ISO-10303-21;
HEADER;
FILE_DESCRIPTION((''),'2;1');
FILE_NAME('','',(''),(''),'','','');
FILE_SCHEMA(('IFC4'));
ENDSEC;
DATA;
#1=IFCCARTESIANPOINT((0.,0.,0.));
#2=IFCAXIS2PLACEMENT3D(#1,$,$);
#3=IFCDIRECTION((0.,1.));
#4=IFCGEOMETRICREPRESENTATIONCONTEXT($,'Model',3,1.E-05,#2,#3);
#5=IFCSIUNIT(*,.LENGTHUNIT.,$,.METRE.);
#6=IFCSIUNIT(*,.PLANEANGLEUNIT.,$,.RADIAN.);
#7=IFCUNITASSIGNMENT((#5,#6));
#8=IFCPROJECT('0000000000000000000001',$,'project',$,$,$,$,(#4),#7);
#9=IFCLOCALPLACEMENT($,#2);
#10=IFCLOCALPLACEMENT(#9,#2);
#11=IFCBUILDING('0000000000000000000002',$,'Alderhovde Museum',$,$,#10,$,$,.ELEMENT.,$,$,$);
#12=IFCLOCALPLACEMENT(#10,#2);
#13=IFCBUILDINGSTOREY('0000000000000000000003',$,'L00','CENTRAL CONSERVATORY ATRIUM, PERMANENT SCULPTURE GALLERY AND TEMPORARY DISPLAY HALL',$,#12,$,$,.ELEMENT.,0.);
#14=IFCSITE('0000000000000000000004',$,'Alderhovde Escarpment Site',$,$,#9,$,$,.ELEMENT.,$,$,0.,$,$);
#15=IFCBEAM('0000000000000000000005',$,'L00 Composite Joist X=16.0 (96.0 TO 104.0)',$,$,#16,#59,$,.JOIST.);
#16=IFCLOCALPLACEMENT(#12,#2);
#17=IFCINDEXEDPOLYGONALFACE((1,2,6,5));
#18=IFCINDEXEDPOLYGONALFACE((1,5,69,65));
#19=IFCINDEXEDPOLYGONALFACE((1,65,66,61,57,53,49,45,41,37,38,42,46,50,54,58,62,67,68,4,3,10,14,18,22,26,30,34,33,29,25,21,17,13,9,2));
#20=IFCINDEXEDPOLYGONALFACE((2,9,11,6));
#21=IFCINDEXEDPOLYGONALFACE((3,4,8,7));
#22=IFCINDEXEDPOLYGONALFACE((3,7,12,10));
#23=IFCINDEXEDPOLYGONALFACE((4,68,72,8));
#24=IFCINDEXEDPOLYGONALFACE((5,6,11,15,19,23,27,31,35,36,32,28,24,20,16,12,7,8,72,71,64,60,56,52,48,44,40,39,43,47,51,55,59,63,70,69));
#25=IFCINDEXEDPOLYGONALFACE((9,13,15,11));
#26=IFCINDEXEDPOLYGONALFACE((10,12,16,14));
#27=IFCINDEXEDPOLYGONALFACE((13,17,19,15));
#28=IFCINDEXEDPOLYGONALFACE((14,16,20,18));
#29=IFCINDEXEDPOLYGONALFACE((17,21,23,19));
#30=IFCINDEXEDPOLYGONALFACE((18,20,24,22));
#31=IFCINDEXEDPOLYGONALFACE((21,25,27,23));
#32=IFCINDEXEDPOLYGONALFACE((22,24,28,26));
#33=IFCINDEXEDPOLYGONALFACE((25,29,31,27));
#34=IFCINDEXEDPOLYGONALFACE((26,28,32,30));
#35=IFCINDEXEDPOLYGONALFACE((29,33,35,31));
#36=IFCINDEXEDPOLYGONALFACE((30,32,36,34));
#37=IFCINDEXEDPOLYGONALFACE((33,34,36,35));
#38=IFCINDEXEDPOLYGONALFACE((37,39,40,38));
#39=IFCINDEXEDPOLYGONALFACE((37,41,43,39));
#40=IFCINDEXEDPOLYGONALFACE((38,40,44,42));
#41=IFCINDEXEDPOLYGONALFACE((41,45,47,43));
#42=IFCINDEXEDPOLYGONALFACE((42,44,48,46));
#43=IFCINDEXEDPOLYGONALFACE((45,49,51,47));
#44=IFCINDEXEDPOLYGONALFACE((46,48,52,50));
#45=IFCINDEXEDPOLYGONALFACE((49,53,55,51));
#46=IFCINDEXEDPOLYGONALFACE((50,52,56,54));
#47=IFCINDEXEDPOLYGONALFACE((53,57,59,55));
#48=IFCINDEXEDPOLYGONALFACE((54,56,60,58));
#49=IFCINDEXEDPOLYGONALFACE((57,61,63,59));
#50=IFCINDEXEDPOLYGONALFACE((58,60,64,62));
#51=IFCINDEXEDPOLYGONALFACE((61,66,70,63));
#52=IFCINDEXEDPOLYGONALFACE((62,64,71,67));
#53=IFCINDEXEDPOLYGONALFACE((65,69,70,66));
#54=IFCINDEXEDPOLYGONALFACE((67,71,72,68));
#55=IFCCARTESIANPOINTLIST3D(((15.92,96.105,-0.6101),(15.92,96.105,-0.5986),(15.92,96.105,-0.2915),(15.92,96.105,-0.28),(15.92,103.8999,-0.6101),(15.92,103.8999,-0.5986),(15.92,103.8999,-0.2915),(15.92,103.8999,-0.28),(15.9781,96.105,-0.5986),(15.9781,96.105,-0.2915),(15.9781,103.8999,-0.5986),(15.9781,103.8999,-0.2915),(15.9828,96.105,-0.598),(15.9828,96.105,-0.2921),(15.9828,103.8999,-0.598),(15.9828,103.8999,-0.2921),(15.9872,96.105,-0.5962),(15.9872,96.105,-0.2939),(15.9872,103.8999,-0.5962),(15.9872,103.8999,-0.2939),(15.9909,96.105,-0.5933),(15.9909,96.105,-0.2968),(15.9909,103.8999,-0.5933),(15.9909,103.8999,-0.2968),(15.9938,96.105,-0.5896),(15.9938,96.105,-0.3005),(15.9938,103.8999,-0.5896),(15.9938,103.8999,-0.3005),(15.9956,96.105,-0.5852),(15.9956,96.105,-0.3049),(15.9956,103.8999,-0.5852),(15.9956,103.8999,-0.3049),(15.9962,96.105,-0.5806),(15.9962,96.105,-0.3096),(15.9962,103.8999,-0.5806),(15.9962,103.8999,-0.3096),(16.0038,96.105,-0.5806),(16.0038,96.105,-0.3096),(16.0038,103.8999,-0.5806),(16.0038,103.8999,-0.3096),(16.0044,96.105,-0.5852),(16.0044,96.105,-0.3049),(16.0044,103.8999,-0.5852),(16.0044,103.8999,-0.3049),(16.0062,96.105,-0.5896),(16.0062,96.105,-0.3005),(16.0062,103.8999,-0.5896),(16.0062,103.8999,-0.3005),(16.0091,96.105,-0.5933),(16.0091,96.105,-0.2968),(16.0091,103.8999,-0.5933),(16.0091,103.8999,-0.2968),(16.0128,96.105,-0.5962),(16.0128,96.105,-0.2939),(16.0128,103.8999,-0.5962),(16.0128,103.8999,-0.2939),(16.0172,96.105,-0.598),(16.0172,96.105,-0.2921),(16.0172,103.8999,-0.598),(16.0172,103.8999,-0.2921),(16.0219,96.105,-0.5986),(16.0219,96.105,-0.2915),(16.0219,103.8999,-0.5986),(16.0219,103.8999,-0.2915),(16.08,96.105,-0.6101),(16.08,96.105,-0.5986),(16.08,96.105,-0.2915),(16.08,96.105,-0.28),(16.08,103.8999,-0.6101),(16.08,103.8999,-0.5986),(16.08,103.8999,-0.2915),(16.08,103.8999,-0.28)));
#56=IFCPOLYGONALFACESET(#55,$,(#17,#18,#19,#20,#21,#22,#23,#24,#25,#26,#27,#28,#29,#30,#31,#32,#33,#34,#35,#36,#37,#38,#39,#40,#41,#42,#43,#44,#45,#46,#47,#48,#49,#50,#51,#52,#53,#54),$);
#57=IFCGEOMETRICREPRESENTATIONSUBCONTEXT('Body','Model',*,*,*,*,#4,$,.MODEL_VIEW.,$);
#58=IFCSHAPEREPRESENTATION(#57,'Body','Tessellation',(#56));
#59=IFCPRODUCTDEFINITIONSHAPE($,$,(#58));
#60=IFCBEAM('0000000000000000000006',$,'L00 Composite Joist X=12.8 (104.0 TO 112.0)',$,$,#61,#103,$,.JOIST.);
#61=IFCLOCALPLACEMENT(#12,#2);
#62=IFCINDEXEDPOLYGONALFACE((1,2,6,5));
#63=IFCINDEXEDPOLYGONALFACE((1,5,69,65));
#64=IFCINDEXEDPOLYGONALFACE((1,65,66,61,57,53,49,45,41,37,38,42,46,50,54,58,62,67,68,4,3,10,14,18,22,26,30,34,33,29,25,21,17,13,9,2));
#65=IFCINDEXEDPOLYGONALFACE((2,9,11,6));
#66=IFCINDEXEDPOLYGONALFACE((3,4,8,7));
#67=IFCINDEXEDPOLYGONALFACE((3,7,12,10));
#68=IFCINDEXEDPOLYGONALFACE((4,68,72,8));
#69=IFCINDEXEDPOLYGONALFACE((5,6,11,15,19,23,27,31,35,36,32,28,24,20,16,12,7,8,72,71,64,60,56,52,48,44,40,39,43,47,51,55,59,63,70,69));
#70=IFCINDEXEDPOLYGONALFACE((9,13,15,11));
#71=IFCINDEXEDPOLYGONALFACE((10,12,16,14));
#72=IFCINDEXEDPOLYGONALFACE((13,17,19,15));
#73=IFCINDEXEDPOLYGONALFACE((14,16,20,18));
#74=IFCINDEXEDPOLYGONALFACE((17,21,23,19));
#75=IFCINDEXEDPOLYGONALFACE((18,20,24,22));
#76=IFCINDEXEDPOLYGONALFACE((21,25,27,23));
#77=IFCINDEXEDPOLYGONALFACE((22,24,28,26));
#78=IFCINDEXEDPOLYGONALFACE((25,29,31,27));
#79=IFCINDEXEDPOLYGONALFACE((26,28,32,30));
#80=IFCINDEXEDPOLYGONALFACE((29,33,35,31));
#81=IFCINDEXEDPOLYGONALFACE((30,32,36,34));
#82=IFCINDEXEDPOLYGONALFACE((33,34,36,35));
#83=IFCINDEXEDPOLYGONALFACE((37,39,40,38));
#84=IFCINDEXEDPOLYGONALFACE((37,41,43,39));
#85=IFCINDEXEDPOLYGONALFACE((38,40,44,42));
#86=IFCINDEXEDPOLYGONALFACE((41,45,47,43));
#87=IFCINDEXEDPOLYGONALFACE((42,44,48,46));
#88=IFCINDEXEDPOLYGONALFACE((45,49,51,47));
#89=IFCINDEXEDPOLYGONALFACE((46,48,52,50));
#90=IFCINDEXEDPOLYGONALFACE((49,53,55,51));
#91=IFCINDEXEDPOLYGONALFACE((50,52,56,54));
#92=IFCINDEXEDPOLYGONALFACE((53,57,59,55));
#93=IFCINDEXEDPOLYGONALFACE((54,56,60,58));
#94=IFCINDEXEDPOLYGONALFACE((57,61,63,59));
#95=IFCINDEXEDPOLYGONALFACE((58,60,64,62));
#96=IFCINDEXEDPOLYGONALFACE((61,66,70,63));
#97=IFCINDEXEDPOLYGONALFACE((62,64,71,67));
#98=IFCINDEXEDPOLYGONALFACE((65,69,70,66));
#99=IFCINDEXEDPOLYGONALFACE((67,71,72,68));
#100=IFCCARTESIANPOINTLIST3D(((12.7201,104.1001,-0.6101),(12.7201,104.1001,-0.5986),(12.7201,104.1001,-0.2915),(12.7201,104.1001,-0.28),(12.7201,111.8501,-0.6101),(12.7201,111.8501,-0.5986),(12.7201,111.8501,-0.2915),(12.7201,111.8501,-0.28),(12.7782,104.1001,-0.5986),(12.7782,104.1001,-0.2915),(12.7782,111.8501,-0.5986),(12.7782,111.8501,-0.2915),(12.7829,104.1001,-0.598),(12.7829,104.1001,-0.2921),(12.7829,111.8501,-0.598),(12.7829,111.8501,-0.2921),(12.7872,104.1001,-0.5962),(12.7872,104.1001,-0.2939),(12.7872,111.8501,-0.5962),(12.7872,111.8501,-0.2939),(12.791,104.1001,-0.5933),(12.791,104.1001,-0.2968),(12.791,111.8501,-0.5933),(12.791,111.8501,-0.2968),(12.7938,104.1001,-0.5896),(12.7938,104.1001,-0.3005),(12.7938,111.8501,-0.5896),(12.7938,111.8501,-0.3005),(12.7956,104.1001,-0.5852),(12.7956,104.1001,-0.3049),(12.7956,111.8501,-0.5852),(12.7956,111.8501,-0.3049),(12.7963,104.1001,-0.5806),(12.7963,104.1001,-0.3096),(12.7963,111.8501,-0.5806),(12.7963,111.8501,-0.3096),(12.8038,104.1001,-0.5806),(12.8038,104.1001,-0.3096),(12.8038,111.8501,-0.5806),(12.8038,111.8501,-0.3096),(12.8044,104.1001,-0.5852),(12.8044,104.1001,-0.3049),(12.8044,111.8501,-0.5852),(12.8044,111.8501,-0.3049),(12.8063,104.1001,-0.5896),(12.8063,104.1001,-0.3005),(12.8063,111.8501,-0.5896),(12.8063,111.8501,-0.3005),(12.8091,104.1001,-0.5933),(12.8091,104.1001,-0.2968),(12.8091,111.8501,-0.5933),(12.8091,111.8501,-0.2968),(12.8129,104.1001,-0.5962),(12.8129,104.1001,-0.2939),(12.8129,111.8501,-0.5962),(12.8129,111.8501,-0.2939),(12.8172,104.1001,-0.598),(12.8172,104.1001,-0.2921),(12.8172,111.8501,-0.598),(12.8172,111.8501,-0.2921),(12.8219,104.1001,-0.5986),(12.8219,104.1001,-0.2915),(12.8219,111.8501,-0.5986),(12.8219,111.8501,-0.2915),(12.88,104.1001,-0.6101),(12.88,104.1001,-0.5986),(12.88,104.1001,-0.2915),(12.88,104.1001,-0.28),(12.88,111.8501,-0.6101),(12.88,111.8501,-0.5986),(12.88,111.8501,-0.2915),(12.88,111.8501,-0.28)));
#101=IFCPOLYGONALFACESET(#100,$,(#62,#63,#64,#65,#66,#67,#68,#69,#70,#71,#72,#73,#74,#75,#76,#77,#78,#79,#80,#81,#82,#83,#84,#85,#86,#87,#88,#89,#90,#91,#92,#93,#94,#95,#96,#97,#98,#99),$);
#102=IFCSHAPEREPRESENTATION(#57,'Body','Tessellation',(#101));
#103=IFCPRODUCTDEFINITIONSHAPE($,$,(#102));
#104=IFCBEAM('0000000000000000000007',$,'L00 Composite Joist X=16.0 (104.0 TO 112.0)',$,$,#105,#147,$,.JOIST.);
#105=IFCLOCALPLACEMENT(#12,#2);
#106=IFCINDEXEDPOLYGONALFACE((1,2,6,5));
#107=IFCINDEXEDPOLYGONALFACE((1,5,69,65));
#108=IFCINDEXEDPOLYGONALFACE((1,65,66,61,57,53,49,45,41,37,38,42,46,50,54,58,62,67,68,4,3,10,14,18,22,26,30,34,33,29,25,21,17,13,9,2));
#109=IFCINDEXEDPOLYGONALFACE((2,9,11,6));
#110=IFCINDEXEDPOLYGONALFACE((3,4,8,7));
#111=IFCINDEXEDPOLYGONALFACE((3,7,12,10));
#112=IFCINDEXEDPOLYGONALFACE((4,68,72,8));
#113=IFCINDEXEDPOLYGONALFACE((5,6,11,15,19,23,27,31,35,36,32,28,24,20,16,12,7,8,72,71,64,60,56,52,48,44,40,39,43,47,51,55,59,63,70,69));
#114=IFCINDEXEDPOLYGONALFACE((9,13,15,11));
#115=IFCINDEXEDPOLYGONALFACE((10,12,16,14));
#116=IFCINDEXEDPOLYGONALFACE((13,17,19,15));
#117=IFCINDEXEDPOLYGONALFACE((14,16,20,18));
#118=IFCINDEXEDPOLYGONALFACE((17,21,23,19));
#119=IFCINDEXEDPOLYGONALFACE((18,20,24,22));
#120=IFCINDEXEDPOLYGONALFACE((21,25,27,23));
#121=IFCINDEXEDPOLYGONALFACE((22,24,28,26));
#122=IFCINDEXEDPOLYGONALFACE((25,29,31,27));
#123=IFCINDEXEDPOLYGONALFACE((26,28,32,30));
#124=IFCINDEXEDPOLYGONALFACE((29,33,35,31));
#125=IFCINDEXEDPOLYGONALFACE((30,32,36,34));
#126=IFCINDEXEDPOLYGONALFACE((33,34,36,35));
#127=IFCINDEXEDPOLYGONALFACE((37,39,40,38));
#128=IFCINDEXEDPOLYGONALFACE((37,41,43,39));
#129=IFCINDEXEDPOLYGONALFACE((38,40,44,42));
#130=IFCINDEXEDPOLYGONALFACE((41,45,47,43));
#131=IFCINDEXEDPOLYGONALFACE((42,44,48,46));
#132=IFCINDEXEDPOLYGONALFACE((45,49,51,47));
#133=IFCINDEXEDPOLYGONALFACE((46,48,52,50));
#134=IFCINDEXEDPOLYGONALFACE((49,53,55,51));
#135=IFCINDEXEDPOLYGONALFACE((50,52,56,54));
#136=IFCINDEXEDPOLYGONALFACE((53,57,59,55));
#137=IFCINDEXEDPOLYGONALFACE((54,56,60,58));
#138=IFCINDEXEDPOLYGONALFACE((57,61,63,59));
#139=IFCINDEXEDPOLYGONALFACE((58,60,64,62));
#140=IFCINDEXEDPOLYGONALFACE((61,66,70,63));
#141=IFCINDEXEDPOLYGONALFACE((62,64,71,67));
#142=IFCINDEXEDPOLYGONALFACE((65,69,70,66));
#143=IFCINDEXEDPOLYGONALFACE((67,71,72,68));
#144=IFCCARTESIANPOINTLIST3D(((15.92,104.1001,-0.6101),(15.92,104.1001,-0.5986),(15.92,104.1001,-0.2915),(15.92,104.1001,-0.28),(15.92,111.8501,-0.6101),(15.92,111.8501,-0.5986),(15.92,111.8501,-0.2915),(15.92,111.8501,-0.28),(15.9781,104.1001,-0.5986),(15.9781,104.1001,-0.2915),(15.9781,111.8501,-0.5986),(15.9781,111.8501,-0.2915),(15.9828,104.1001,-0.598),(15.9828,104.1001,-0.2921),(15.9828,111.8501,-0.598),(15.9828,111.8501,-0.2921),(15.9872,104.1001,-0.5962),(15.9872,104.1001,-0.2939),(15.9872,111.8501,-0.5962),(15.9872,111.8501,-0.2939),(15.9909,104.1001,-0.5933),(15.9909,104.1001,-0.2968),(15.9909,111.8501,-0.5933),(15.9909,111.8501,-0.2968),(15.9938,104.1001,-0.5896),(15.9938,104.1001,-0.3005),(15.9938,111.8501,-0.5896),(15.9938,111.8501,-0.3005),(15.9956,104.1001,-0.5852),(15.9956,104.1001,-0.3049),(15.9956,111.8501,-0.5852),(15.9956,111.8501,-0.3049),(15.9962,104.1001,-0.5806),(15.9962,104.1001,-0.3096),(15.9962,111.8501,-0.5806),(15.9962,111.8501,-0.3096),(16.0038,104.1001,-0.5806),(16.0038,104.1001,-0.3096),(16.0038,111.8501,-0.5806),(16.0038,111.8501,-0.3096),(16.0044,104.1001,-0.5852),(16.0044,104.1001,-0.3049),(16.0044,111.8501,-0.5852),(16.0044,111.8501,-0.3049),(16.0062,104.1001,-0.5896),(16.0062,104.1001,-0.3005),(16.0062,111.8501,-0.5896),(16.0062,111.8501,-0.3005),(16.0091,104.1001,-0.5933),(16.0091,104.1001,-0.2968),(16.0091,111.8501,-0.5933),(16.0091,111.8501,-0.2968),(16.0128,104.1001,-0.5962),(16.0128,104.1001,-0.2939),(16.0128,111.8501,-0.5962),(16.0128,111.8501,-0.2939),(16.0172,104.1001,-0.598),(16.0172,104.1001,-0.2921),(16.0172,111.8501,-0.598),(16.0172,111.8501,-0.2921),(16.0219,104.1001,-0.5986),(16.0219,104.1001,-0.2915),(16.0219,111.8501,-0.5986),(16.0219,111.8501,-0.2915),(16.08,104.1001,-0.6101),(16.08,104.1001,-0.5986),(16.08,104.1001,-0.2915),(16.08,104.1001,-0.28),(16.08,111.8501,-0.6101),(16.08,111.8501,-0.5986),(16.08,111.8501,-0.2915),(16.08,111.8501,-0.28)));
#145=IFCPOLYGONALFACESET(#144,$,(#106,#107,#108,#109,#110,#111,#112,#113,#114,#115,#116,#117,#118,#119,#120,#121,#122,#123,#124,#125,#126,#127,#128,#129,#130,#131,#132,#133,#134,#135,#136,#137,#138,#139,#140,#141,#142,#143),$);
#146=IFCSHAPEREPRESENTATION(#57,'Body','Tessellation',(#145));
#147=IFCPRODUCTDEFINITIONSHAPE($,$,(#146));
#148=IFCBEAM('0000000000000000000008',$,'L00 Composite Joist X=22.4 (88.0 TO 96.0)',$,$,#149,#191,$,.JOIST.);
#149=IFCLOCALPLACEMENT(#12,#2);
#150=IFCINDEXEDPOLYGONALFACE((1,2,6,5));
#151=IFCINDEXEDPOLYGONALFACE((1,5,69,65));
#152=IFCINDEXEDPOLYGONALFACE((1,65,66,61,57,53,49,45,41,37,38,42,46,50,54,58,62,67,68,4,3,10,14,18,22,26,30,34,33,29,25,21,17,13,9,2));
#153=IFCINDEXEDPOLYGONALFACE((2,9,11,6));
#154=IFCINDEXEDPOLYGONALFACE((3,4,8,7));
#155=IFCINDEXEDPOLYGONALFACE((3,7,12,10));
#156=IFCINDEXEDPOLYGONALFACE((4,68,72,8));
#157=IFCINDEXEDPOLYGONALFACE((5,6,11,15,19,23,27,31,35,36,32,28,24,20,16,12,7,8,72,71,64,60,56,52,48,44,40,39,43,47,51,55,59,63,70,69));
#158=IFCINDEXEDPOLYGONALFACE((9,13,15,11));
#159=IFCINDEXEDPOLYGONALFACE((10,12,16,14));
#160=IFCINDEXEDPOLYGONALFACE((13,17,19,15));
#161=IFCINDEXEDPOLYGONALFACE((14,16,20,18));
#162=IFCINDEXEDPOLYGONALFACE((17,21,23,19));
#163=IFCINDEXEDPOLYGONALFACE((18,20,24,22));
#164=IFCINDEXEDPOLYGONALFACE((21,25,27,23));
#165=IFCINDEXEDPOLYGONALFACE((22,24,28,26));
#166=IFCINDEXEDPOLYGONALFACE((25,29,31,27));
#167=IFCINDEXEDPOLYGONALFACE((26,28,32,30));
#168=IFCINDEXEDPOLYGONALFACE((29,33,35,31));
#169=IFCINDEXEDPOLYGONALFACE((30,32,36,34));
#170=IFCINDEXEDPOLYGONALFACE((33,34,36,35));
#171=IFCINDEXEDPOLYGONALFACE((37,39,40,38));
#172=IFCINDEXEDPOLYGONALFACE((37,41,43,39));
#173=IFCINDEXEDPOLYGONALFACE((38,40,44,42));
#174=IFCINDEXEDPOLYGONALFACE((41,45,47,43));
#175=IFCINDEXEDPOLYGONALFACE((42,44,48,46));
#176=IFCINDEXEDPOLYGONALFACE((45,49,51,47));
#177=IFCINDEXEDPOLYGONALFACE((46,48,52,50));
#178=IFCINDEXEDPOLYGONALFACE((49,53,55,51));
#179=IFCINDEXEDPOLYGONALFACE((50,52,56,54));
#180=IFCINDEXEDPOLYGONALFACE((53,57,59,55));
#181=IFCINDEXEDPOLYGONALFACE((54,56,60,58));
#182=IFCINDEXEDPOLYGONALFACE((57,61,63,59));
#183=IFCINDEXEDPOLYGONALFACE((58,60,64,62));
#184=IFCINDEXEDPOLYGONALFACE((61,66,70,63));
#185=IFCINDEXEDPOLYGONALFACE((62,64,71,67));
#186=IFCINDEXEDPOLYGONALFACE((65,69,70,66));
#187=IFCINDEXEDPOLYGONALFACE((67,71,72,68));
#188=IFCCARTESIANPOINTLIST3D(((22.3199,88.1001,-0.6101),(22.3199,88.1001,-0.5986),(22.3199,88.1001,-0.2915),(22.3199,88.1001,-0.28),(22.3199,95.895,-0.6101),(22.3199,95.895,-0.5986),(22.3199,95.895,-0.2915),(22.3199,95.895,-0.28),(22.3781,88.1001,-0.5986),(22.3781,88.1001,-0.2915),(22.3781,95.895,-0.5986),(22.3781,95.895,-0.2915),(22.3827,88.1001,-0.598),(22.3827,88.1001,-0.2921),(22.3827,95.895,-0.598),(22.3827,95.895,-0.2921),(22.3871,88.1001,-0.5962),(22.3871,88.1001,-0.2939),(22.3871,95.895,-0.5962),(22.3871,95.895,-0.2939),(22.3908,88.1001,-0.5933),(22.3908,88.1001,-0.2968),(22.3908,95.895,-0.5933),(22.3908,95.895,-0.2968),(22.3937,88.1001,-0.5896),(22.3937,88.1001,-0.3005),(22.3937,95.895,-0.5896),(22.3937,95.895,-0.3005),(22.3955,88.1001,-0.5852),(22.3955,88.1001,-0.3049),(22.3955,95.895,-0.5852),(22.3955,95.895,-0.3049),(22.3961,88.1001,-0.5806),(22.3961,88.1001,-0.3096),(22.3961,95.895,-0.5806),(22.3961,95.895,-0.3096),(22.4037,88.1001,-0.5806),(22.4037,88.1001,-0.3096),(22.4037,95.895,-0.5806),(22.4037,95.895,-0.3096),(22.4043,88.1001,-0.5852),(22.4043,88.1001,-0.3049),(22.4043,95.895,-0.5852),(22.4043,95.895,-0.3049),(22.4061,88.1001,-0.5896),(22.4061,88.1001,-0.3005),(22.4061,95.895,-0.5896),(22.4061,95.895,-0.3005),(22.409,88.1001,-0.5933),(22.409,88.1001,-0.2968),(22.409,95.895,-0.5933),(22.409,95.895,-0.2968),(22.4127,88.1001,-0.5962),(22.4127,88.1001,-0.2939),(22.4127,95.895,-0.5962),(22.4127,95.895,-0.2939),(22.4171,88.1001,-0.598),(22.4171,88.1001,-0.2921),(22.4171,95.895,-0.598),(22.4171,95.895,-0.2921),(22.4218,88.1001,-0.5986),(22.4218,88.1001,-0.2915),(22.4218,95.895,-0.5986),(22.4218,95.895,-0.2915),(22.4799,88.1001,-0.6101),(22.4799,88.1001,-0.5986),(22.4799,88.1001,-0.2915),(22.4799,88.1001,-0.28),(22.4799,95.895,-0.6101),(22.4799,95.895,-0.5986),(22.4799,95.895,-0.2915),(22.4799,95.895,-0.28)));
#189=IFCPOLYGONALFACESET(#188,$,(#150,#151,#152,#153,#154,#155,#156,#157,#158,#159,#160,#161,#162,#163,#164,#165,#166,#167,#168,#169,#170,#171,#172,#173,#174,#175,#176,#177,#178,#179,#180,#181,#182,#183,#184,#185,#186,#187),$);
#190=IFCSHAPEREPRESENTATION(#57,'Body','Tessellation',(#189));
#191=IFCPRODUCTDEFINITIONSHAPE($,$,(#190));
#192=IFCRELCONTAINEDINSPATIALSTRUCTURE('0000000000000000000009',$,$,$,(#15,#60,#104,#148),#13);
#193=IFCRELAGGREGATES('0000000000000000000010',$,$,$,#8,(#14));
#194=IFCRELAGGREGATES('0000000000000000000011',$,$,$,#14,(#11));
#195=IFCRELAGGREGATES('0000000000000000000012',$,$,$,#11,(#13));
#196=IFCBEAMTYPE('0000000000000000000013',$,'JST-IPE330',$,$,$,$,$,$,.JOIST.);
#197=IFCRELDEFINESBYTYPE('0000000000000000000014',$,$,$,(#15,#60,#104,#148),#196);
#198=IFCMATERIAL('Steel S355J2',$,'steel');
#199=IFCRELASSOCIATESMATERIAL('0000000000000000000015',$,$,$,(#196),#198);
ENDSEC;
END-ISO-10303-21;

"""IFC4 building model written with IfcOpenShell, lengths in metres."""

from ifc_helpers import new_model, si_unit, direction, frame, origin, origin_2d, place, context, subcontext, project, spatial, i_section, extrude, material, material_profile, profile_set, type_object, element, save


model = new_model("IFC4")

# Units and contexts
model_context = context("Model", 3, precision=1e-05, world=origin(), true_north=direction((0.0, 1.0)))
body_context = subcontext(model_context, "Body", "Model", "MODEL_VIEW")
ifc_project = project(units=[si_unit("LENGTHUNIT", "METRE"), si_unit("PLANEANGLEUNIT", "RADIAN")], contexts=[model_context])

# Site, building, storey
site_placement = place(None, origin())
site = spatial("IfcSite", under=ifc_project, at=site_placement, Name="Alderhovde Escarpment Site", CompositionType="ELEMENT", RefElevation=0.0)
building_placement = place(site_placement, origin())
building = spatial("IfcBuilding", under=site, at=building_placement, Name="Alderhovde Museum", CompositionType="ELEMENT")
storey_placement = place(building_placement, origin())
storey = spatial("IfcBuildingStorey", under=building, at=storey_placement, Name="L00", Description="CENTRAL CONSERVATORY ATRIUM, PERMANENT SCULPTURE GALLERY AND TEMPORARY DISPLAY HALL", CompositionType="ELEMENT", Elevation=0.0)

# Beams
ifc_material_1 = material(Name="Steel S355J2", Category="steel")
ifc_material_profile_1 = material_profile(ifc_material_1, i_section(OverallWidth=0.1599, OverallDepth=0.3301, WebThickness=0.0076, FlangeThickness=0.0115, FilletRadius=0.0181, at=origin_2d()), Name="IPE 330")
ifc_profile_set_1 = profile_set([ifc_material_profile_1], Name="Steel S355J2")
beam_type_1 = type_object("IfcBeamType", Name="JST-IPE330", PredefinedType="JOIST", material=ifc_profile_set_1)
for number, where, z_axis, x_axis, name in (
    (1, (16.0, 96.105, -0.4451), (0.0, 1.0, 0.0), (-1.0, 0.0, 0.0), "L00 Composite Joist X=16.0 (96.0 TO 104.0)"),
):
    element("IfcBeam", number, at=place(storey_placement, frame(where, z_axis=z_axis, x_axis=x_axis)), inside=storey, type_object=beam_type_1, Name=name, PredefinedType="JOIST", context=body_context, shape_type="SweptSolid", body=[
        extrude(i_section(OverallWidth=0.1599, OverallDepth=0.3301, WebThickness=0.0076, FlangeThickness=0.0115, FilletRadius=0.0181, at=origin_2d()), origin(), (0.0, 0.0, 1.0), 7.7949),
    ])
for number, where, z_axis, x_axis, name in (
    (2, (12.8, 104.1001, -0.4451), (0.0, 1.0, 0.0), (-1.0, 0.0, 0.0), "L00 Composite Joist X=12.8 (104.0 TO 112.0)"),
    (3, (16.0, 104.1001, -0.4451), (0.0, 1.0, 0.0), (-1.0, 0.0, 0.0), "L00 Composite Joist X=16.0 (104.0 TO 112.0)"),
):
    element("IfcBeam", number, at=place(storey_placement, frame(where, z_axis=z_axis, x_axis=x_axis)), inside=storey, type_object=beam_type_1, Name=name, PredefinedType="JOIST", context=body_context, shape_type="SweptSolid", body=[
        extrude(i_section(OverallWidth=0.1599, OverallDepth=0.3301, WebThickness=0.0076, FlangeThickness=0.0115, FilletRadius=0.0181, at=origin_2d()), origin(), (0.0, 0.0, 1.0), 7.75),
    ])
for number, where, z_axis, x_axis, name in (
    (4, (22.3999, 88.1001, -0.4451), (0.0, 1.0, 0.0), (-1.0, 0.0, 0.0), "L00 Composite Joist X=22.4 (88.0 TO 96.0)"),
):
    element("IfcBeam", number, at=place(storey_placement, frame(where, z_axis=z_axis, x_axis=x_axis)), inside=storey, type_object=beam_type_1, Name=name, PredefinedType="JOIST", context=body_context, shape_type="SweptSolid", body=[
        extrude(i_section(OverallWidth=0.1599, OverallDepth=0.3301, WebThickness=0.0076, FlangeThickness=0.0115, FilletRadius=0.0181, at=origin_2d()), origin(), (0.0, 0.0, 1.0), 7.7949),
    ])

save(model, "model.ifc")
